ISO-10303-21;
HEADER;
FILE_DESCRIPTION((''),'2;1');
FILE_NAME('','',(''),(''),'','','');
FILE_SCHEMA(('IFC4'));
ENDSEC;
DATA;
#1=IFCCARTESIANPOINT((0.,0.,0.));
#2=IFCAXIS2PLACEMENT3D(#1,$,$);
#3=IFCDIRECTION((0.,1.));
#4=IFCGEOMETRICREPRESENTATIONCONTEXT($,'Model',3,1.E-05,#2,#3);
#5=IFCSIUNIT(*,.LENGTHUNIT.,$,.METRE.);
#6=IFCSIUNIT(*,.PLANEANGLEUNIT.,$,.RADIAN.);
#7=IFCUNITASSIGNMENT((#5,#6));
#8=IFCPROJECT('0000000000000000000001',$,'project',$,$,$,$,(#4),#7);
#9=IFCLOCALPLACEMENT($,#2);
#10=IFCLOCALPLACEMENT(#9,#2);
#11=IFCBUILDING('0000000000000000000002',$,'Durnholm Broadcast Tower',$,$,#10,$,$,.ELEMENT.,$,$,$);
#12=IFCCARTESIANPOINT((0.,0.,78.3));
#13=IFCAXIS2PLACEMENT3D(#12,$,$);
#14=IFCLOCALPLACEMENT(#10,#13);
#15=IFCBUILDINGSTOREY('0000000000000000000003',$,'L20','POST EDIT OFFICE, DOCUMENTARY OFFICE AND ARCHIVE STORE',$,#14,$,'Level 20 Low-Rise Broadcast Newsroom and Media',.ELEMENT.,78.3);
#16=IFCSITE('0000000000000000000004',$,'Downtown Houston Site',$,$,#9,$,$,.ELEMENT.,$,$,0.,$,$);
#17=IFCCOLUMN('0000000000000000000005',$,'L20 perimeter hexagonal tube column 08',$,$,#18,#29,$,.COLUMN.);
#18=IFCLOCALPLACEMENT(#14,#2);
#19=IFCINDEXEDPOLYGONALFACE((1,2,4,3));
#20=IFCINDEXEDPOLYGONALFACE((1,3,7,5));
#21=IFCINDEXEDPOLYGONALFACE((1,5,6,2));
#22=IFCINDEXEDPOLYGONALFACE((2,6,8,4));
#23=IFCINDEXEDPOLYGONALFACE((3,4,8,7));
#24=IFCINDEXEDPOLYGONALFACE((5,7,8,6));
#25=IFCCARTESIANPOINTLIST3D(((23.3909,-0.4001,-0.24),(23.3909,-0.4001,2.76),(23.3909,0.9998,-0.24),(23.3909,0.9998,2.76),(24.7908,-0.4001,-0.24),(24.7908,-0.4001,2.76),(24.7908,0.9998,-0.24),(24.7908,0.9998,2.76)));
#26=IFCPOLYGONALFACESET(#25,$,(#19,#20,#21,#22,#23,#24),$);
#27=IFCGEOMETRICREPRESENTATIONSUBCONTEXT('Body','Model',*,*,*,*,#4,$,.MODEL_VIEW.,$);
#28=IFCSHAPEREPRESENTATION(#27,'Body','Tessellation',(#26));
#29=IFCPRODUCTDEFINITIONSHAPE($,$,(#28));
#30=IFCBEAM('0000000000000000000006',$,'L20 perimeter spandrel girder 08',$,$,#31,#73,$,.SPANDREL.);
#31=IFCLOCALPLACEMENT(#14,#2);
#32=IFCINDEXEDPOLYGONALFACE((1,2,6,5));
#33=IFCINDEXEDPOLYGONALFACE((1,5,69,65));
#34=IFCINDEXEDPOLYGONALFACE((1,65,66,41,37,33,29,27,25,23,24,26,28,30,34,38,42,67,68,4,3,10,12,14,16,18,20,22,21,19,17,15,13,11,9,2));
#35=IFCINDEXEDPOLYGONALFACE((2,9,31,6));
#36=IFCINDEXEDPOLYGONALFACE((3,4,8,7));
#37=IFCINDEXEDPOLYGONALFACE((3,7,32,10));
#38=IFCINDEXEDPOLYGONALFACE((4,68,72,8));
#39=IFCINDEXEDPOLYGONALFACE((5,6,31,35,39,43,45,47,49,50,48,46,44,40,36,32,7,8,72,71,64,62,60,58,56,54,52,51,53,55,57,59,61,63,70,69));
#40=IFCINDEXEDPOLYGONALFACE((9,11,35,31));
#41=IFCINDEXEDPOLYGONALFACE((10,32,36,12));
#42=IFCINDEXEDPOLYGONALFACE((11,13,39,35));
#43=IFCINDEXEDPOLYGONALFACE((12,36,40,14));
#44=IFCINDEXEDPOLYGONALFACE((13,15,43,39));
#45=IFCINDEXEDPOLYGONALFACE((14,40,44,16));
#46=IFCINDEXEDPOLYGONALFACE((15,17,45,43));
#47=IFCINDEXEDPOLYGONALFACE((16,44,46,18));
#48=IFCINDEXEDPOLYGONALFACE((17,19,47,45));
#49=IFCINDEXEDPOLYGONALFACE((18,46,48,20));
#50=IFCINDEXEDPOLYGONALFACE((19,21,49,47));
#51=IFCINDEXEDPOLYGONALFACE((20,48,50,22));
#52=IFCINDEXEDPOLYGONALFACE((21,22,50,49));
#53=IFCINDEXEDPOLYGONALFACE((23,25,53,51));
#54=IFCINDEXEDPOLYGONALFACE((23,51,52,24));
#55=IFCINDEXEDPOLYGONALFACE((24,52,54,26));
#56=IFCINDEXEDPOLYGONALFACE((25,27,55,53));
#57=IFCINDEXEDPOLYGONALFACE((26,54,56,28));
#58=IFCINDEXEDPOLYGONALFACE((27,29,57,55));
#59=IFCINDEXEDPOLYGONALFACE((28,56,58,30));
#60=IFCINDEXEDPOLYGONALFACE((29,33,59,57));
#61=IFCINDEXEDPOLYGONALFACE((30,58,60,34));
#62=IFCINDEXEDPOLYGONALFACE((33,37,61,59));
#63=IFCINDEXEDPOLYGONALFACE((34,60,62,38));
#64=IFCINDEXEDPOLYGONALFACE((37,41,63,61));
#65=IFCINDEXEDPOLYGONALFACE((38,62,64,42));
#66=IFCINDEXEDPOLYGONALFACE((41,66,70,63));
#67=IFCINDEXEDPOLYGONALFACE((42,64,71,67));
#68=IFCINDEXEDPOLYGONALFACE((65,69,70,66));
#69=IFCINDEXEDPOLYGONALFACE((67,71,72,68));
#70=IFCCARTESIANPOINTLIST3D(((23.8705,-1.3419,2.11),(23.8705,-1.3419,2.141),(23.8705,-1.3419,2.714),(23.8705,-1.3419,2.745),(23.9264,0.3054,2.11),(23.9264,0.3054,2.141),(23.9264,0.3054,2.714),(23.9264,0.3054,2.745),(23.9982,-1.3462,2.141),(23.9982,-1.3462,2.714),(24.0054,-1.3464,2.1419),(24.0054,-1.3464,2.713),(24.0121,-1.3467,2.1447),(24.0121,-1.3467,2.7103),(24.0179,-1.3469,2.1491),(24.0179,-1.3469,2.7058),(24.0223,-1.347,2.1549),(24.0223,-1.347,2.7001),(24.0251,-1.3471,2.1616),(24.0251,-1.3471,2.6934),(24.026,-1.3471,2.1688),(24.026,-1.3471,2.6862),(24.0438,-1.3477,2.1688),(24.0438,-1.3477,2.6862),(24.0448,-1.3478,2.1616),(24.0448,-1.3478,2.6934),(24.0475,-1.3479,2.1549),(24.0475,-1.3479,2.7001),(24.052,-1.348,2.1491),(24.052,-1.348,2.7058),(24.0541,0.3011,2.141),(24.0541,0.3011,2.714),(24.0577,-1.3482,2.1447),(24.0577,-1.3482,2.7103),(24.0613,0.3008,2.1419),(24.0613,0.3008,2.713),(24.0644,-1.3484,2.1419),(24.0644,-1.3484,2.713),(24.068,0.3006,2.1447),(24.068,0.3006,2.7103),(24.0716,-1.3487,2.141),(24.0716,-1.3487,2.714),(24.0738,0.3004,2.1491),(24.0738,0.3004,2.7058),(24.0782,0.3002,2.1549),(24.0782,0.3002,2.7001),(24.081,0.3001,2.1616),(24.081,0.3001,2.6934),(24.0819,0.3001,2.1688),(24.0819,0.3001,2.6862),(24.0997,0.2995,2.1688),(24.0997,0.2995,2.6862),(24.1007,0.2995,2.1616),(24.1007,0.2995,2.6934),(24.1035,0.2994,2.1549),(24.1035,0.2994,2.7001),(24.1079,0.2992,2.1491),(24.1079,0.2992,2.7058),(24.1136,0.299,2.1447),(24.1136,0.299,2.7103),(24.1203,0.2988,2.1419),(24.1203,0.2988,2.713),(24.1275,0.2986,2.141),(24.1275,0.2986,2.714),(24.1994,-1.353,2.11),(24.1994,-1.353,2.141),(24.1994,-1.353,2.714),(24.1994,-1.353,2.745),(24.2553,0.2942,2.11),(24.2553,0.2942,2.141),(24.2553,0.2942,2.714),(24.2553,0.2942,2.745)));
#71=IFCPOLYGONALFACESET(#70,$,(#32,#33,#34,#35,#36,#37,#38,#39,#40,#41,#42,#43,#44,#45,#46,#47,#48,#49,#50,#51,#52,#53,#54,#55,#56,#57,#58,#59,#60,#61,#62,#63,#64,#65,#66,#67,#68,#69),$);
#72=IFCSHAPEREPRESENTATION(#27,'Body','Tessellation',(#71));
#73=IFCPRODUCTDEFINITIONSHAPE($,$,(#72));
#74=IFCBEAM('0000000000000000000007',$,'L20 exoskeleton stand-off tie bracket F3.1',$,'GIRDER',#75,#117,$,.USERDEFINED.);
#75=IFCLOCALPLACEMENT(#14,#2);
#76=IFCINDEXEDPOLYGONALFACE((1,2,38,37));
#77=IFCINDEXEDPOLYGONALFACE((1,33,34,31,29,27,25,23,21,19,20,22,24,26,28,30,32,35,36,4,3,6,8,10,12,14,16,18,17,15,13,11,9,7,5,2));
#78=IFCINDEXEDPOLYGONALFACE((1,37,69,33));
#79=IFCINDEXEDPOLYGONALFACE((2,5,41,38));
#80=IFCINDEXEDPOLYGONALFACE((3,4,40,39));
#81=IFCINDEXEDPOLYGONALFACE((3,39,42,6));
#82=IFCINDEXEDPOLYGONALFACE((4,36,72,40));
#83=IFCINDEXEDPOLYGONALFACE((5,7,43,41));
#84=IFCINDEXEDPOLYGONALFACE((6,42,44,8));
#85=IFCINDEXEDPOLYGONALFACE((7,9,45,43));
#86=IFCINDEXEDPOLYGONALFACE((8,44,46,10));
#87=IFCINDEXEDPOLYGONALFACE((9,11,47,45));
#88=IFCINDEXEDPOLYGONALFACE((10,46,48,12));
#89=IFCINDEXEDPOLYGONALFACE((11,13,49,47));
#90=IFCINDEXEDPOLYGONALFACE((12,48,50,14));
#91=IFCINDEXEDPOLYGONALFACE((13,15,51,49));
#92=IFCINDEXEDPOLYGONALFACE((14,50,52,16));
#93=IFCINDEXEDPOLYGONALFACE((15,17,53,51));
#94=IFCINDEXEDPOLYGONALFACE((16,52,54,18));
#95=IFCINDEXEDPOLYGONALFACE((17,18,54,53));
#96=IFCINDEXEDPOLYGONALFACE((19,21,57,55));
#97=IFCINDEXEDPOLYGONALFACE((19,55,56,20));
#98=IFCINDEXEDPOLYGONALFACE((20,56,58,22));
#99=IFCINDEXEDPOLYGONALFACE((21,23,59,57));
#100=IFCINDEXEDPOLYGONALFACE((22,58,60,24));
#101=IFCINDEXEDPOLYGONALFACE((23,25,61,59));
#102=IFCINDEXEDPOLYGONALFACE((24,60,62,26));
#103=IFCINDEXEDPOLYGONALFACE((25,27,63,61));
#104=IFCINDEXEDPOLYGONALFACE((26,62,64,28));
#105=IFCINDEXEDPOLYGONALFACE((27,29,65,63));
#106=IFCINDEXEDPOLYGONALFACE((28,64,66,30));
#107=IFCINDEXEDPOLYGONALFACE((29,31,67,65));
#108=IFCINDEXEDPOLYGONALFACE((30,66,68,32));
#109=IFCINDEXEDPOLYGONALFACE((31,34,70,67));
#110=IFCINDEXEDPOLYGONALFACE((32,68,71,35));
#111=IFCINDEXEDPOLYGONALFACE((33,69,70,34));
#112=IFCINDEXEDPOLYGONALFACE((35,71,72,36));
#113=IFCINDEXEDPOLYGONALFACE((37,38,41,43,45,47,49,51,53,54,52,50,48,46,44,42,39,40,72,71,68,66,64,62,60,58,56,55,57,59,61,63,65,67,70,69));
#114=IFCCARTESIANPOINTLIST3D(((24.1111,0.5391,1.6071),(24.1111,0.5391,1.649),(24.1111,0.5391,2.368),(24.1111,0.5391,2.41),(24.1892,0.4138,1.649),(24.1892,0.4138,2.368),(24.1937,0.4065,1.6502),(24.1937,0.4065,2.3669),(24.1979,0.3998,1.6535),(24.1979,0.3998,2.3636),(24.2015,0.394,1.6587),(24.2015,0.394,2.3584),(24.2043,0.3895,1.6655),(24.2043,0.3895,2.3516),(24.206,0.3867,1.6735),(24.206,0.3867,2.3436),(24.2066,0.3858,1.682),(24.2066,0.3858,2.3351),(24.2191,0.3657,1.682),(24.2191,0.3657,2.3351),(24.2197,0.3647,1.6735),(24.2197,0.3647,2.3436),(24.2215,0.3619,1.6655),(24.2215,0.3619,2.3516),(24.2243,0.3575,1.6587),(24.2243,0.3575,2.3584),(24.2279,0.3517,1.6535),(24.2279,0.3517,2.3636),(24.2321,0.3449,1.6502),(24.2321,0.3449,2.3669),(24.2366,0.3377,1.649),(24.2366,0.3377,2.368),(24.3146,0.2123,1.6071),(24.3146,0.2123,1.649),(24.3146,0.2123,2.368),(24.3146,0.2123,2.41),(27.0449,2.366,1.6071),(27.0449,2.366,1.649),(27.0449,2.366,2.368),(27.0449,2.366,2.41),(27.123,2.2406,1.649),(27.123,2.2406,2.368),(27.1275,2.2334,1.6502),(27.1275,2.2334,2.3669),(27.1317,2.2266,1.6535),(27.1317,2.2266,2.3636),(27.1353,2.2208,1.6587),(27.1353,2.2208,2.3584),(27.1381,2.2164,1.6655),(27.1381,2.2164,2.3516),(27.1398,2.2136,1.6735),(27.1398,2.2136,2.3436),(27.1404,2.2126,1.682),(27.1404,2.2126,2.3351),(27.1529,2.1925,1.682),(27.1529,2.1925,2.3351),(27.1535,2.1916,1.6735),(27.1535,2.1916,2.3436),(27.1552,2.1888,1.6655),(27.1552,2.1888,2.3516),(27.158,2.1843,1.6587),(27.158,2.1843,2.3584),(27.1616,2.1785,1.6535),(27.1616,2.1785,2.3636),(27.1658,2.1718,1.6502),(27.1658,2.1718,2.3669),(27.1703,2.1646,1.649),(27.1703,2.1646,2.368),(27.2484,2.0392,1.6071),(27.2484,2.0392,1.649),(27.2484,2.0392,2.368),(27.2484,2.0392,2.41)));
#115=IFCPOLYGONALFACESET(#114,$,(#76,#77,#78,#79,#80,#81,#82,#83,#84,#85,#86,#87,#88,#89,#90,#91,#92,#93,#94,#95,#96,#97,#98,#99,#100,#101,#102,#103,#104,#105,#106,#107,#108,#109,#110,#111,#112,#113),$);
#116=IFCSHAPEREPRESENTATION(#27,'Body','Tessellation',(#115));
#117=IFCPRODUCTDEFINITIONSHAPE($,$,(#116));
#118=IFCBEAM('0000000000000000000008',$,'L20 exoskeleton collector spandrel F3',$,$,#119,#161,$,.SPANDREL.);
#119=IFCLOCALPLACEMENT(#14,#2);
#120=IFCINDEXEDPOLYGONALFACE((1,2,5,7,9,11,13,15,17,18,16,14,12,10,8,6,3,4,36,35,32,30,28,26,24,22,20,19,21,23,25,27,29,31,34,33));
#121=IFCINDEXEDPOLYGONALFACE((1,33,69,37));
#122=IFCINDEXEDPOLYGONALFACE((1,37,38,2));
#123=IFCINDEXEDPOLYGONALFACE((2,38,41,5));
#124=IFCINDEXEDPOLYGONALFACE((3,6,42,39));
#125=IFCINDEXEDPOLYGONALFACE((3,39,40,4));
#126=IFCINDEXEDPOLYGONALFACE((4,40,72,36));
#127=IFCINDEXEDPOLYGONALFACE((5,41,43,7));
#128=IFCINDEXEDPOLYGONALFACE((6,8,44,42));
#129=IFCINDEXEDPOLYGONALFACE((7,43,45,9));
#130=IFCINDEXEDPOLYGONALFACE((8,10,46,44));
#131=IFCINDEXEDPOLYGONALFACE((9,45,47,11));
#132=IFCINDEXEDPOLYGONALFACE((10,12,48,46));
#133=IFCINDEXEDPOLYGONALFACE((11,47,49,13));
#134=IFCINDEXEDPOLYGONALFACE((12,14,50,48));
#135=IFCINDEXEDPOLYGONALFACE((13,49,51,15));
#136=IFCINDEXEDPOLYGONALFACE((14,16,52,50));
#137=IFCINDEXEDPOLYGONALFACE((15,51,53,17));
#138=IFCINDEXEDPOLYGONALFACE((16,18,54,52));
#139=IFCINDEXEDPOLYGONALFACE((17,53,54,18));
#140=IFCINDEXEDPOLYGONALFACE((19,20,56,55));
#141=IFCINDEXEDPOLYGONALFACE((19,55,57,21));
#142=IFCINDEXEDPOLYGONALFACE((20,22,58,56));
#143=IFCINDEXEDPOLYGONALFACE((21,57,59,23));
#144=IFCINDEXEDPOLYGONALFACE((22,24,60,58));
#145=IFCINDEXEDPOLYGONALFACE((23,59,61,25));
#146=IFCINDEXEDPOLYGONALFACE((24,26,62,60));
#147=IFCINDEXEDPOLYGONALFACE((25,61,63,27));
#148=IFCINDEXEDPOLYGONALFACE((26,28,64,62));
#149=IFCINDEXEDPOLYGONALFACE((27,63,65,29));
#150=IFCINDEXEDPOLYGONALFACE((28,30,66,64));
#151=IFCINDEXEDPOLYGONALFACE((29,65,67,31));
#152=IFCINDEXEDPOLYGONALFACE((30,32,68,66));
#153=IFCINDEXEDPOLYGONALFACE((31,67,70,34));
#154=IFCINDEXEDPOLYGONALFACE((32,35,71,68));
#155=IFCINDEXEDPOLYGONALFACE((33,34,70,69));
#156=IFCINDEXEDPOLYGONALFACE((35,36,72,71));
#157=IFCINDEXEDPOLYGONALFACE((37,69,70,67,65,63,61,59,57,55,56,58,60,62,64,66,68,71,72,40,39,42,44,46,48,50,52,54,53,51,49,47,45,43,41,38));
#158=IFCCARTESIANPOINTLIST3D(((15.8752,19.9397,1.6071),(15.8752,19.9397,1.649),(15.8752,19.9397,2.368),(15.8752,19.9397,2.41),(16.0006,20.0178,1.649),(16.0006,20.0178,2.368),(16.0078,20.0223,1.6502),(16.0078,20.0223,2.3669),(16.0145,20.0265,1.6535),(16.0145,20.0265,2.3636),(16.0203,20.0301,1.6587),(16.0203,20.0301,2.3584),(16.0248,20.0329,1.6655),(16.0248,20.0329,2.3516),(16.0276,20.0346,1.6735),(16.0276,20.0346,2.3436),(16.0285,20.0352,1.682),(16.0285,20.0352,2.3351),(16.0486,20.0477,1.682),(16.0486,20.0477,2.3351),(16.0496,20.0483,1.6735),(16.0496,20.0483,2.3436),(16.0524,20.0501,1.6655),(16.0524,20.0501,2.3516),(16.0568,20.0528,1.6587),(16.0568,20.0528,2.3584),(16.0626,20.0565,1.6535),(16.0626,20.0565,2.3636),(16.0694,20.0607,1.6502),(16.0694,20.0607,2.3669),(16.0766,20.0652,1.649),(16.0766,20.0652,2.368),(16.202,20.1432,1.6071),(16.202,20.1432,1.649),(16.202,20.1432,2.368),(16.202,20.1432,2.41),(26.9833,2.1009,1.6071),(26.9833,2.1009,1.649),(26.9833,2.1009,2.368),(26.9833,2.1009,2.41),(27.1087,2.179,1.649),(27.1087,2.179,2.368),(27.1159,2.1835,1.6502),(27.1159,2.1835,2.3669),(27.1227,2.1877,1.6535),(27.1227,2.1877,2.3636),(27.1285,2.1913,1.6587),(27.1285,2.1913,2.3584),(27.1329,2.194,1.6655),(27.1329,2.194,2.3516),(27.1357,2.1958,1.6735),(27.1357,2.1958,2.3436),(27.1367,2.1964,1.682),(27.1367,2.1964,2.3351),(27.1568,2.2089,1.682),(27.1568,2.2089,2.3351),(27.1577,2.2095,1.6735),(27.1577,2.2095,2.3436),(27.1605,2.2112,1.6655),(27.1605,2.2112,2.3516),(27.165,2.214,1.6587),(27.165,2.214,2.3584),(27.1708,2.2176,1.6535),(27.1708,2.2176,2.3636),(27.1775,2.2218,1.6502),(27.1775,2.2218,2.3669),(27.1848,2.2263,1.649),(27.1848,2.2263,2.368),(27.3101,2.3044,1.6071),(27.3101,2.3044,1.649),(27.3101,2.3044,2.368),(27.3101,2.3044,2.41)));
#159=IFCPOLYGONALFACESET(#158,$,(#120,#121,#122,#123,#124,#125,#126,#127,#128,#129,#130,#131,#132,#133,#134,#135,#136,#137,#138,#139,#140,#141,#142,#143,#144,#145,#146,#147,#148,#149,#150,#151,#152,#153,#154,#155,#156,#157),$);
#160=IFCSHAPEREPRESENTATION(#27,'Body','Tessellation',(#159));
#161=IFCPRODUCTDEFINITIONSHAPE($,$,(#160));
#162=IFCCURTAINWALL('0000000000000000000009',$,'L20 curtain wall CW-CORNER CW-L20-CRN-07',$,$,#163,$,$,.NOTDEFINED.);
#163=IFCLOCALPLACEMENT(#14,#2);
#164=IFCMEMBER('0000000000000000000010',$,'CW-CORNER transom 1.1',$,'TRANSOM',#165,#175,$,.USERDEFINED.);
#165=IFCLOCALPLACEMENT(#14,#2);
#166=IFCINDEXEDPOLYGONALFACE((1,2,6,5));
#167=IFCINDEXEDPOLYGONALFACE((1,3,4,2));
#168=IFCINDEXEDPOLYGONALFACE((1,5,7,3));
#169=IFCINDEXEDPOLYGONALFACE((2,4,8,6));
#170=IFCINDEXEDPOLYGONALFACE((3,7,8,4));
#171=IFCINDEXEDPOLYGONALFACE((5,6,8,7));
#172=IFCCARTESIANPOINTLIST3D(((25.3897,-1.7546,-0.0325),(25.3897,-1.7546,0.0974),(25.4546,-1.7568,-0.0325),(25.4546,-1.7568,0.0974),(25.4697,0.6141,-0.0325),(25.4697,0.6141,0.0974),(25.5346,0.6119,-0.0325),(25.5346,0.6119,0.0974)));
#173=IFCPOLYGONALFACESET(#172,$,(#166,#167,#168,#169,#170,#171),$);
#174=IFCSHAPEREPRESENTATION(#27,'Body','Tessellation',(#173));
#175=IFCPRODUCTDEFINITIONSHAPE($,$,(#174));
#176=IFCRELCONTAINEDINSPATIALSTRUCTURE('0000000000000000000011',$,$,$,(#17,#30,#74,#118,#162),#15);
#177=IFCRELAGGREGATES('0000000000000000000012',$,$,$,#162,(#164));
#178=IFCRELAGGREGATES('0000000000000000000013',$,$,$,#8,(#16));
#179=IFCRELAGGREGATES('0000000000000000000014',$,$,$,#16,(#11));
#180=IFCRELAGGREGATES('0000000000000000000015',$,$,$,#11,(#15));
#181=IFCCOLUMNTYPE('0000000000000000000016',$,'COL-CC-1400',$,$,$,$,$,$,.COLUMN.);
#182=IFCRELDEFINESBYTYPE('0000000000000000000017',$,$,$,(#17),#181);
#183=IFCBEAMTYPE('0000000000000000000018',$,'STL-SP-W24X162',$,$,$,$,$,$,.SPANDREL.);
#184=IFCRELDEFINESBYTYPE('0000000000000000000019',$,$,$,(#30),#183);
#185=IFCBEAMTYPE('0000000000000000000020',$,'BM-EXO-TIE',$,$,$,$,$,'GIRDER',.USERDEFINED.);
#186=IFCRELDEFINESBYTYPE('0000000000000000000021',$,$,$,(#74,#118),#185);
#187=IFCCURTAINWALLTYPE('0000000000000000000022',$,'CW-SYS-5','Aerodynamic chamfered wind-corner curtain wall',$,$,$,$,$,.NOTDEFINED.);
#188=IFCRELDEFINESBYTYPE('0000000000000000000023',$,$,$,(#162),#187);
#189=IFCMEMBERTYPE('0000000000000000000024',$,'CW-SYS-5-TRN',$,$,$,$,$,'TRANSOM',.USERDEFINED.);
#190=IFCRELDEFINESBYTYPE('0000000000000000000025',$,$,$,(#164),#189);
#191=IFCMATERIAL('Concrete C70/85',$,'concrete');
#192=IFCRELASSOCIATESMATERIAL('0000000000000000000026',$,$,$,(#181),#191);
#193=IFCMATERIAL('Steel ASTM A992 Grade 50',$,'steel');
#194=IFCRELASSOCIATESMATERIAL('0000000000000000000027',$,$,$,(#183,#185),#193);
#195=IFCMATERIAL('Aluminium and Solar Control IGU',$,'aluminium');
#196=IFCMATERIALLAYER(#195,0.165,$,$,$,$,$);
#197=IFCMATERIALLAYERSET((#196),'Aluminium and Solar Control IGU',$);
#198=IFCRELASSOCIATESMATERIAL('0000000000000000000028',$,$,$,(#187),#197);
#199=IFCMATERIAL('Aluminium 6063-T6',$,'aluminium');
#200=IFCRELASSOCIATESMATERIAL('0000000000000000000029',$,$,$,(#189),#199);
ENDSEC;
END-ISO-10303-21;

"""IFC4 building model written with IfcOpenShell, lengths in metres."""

from ifc_helpers import new_model, si_unit, direction, frame, origin, origin_2d, place, context, subcontext, project, spatial, rectangle, i_section, extrude, source, transform, mapped, material, layer, layer_set, material_profile, profile_set, type_object, type_shapes, element, aggregate, save


model = new_model("IFC4")

# Units and contexts
model_context = context("Model", 3, precision=1e-05, world=origin(), true_north=direction((0.0, 1.0)))
body_context = subcontext(model_context, "Body", "Model", "MODEL_VIEW")
ifc_project = project(units=[si_unit("LENGTHUNIT", "METRE"), si_unit("PLANEANGLEUNIT", "RADIAN")], contexts=[model_context])

# Site, building, storey
site_placement = place(None, origin())
site = spatial("IfcSite", under=ifc_project, at=site_placement, Name="Downtown Houston Site", CompositionType="ELEMENT", RefElevation=0.0)
building_placement = place(site_placement, origin())
building = spatial("IfcBuilding", under=site, at=building_placement, Name="Durnholm Broadcast Tower", CompositionType="ELEMENT")
storey_placement = place(building_placement, frame((0.0, 0.0, 78.3)))
storey = spatial("IfcBuildingStorey", under=building, at=storey_placement, Name="L20", Description="POST EDIT OFFICE, DOCUMENTARY OFFICE AND ARCHIVE STORE", LongName="Level 20 Low-Rise Broadcast Newsroom and Media", CompositionType="ELEMENT", Elevation=78.3)

# Column
ifc_material_1 = material(Name="Concrete C70/85", Category="concrete")
ifc_material_profile_1 = material_profile(ifc_material_1, rectangle(XDim=1.3999, YDim=1.3999, at=origin_2d()), Name="RC1400X1400")
ifc_profile_set_1 = profile_set([ifc_material_profile_1], Name="Concrete C70/85")
column_type = type_object("IfcColumnType", Name="COL-CC-1400", PredefinedType="COLUMN", material=ifc_profile_set_1)
shared_shape_1 = source(origin(), body_context, "Body", "SweptSolid", [
    extrude(rectangle(XDim=1.3999, YDim=1.3999, at=origin_2d()), origin(), (0.0, 0.0, 1.0), 3.0),
])
type_shapes(column_type, [shared_shape_1])
column_placement = place(storey_placement, frame((24.0908, 0.2998, -0.24), z_axis=(0.0, 0.0, 1.0), x_axis=(1.0, 0.0, 0.0)))
element("IfcColumn", 1, at=column_placement, inside=storey, type_object=column_type, Name="L20 perimeter hexagonal tube column 08", PredefinedType="COLUMN", context=body_context, shape_type="MappedRepresentation", body=[
    mapped(shared_shape_1, transform((0.0, 0.0, 0.0), x_axis=(1.0, 0.0, 0.0), y_axis=(0.0, 1.0, 0.0), z_axis=(0.0, 0.0, 1.0), scale=1.0)),
])

# Beams
ifc_material_2 = material(Name="Steel ASTM A992 Grade 50", Category="steel")
ifc_material_profile_2 = material_profile(ifc_material_2, i_section(OverallWidth=0.3291, OverallDepth=0.635, WebThickness=0.0178, FlangeThickness=0.031, FilletRadius=0.0278, at=origin_2d()), Name="W24X162")
ifc_profile_set_2 = profile_set([ifc_material_profile_2], Name="Steel ASTM A992 Grade 50")
beam_type_1 = type_object("IfcBeamType", Name="STL-SP-W24X162", PredefinedType="SPANDREL", material=ifc_profile_set_2)
shared_shape_2 = source(origin(), body_context, "Body", "SweptSolid", [
    extrude(i_section(OverallWidth=0.3291, OverallDepth=0.635, WebThickness=0.0178, FlangeThickness=0.031, FilletRadius=0.0278, at=origin_2d()), origin(), (0.0, 0.0, 1.0), 1.6482),
])
type_shapes(beam_type_1, [shared_shape_2])
beam_1_placement = place(storey_placement, frame((24.0908, 0.2998, 2.4275), z_axis=(-0.033921, -0.999425, 0.0), x_axis=(0.999425, -0.033921, 0.0)))
element("IfcBeam", 2, at=beam_1_placement, inside=storey, type_object=beam_type_1, Name="L20 perimeter spandrel girder 08", PredefinedType="SPANDREL", context=body_context, shape_type="MappedRepresentation", body=[
    mapped(shared_shape_2, transform((0.0, 0.0, 0.0), x_axis=(1.0, 0.0, 0.0), y_axis=(0.0, 1.0, 0.0), z_axis=(0.0, 0.0, 1.0), scale=1.0)),
])
ifc_material_profile_3 = material_profile(ifc_material_2, i_section(OverallWidth=0.385, OverallDepth=0.803, WebThickness=0.0237, FlangeThickness=0.042, FilletRadius=0.033, at=origin_2d()), Name="W30X261")
ifc_profile_set_3 = profile_set([ifc_material_profile_3], Name="Steel ASTM A992 Grade 50")
beam_type_2 = type_object("IfcBeamType", Name="BM-EXO-TIE", ElementType="GIRDER", PredefinedType="USERDEFINED", material=ifc_profile_set_3)
shared_shape_3 = source(origin(), body_context, "Body", "SweptSolid", [
    extrude(i_section(OverallWidth=0.385, OverallDepth=0.803, WebThickness=0.0237, FlangeThickness=0.042, FilletRadius=0.033, at=origin_2d()), origin(), (0.0, 0.0, 1.0), 3.4561),
])
beam_2_placement = place(storey_placement, frame((24.2129, 0.3757, 2.0085), z_axis=(0.848874, 0.528595, 0.0), x_axis=(-0.528595, 0.848874, 0.0)))
element("IfcBeam", 3, at=beam_2_placement, inside=storey, type_object=beam_type_2, Name="L20 exoskeleton stand-off tie bracket F3.1", ObjectType="GIRDER", PredefinedType="USERDEFINED", context=body_context, shape_type="MappedRepresentation", body=[
    mapped(shared_shape_3, transform((0.0, 0.0, 0.0), x_axis=(1.0, 0.0, 0.0), y_axis=(0.0, 1.0, 0.0), z_axis=(0.0, 0.0, 1.0), scale=1.0)),
])
shared_shape_4 = source(origin(), body_context, "Body", "SweptSolid", [
    extrude(i_section(OverallWidth=0.385, OverallDepth=0.803, WebThickness=0.0237, FlangeThickness=0.042, FilletRadius=0.033, at=origin_2d()), origin(), (0.0, 0.0, 1.0), 21.0146),
])
type_shapes(beam_type_2, [shared_shape_3, shared_shape_4])
beam_3_placement = place(storey_placement, frame((27.1467, 2.2026, 2.0085), z_axis=(-0.528591, 0.848877, 0.0), x_axis=(-0.848877, -0.528591, 0.0)))
element("IfcBeam", 4, at=beam_3_placement, inside=storey, type_object=beam_type_2, Name="L20 exoskeleton collector spandrel F3", PredefinedType="SPANDREL", context=body_context, shape_type="MappedRepresentation", body=[
    mapped(shared_shape_4, transform((0.0, 0.0, 0.0), x_axis=(1.0, 0.0, 0.0), y_axis=(0.0, 1.0, 0.0), z_axis=(0.0, 0.0, 1.0), scale=1.0)),
])

# Curtain wall, member
ifc_material_3 = material(Name="Aluminium and Solar Control IGU", Category="aluminium")
ifc_layer_1 = layer(ifc_material_3, 0.165)
ifc_layer_set_1 = layer_set([ifc_layer_1], Name="Aluminium and Solar Control IGU")
curtain_wall_type_1 = type_object("IfcCurtainWallType", Name="CW-SYS-5", Description="Aerodynamic chamfered wind-corner curtain wall", PredefinedType="NOTDEFINED", material=ifc_layer_set_1)
curtain_wall_1_placement = place(storey_placement, origin())
curtain_wall_1 = element("IfcCurtainWall", 5, at=curtain_wall_1_placement, inside=storey, type_object=curtain_wall_type_1, Name="L20 curtain wall CW-CORNER CW-L20-CRN-07", PredefinedType="NOTDEFINED")
ifc_material_4 = material(Name="Aluminium 6063-T6", Category="aluminium")
ifc_material_profile_4 = material_profile(ifc_material_4, rectangle(XDim=0.0649, YDim=0.1299, at=origin_2d()), Name="CWT65X130")
ifc_profile_set_4 = profile_set([ifc_material_profile_4], Name="Aluminium 6063-T6")
member_type_1 = type_object("IfcMemberType", Name="CW-SYS-5-TRN", ElementType="TRANSOM", PredefinedType="USERDEFINED", material=ifc_profile_set_4)
shared_shape_5 = source(origin(), body_context, "Body", "SweptSolid", [
    extrude(rectangle(XDim=0.0649, YDim=0.1299, at=origin_2d()), origin(), (0.0, 0.0, 1.0), 2.3701),
])
type_shapes(member_type_1, [shared_shape_5])
member_1_placement = place(storey_placement, frame((25.5022, 0.613, 0.0325), z_axis=(-0.033788, -0.999429, 0.0), x_axis=(0.999429, -0.033788, 0.0)))
member_1 = element("IfcMember", 6, at=member_1_placement, type_object=member_type_1, Name="CW-CORNER transom 1.1", ObjectType="TRANSOM", PredefinedType="USERDEFINED", context=body_context, shape_type="MappedRepresentation", body=[
    mapped(shared_shape_5, transform((0.0, 0.0, 0.0), x_axis=(1.0, 0.0, 0.0), y_axis=(0.0, 1.0, 0.0), z_axis=(0.0, 0.0, 1.0), scale=1.0)),
])
aggregate(curtain_wall_1, [member_1])

save(model, "model.ifc")
